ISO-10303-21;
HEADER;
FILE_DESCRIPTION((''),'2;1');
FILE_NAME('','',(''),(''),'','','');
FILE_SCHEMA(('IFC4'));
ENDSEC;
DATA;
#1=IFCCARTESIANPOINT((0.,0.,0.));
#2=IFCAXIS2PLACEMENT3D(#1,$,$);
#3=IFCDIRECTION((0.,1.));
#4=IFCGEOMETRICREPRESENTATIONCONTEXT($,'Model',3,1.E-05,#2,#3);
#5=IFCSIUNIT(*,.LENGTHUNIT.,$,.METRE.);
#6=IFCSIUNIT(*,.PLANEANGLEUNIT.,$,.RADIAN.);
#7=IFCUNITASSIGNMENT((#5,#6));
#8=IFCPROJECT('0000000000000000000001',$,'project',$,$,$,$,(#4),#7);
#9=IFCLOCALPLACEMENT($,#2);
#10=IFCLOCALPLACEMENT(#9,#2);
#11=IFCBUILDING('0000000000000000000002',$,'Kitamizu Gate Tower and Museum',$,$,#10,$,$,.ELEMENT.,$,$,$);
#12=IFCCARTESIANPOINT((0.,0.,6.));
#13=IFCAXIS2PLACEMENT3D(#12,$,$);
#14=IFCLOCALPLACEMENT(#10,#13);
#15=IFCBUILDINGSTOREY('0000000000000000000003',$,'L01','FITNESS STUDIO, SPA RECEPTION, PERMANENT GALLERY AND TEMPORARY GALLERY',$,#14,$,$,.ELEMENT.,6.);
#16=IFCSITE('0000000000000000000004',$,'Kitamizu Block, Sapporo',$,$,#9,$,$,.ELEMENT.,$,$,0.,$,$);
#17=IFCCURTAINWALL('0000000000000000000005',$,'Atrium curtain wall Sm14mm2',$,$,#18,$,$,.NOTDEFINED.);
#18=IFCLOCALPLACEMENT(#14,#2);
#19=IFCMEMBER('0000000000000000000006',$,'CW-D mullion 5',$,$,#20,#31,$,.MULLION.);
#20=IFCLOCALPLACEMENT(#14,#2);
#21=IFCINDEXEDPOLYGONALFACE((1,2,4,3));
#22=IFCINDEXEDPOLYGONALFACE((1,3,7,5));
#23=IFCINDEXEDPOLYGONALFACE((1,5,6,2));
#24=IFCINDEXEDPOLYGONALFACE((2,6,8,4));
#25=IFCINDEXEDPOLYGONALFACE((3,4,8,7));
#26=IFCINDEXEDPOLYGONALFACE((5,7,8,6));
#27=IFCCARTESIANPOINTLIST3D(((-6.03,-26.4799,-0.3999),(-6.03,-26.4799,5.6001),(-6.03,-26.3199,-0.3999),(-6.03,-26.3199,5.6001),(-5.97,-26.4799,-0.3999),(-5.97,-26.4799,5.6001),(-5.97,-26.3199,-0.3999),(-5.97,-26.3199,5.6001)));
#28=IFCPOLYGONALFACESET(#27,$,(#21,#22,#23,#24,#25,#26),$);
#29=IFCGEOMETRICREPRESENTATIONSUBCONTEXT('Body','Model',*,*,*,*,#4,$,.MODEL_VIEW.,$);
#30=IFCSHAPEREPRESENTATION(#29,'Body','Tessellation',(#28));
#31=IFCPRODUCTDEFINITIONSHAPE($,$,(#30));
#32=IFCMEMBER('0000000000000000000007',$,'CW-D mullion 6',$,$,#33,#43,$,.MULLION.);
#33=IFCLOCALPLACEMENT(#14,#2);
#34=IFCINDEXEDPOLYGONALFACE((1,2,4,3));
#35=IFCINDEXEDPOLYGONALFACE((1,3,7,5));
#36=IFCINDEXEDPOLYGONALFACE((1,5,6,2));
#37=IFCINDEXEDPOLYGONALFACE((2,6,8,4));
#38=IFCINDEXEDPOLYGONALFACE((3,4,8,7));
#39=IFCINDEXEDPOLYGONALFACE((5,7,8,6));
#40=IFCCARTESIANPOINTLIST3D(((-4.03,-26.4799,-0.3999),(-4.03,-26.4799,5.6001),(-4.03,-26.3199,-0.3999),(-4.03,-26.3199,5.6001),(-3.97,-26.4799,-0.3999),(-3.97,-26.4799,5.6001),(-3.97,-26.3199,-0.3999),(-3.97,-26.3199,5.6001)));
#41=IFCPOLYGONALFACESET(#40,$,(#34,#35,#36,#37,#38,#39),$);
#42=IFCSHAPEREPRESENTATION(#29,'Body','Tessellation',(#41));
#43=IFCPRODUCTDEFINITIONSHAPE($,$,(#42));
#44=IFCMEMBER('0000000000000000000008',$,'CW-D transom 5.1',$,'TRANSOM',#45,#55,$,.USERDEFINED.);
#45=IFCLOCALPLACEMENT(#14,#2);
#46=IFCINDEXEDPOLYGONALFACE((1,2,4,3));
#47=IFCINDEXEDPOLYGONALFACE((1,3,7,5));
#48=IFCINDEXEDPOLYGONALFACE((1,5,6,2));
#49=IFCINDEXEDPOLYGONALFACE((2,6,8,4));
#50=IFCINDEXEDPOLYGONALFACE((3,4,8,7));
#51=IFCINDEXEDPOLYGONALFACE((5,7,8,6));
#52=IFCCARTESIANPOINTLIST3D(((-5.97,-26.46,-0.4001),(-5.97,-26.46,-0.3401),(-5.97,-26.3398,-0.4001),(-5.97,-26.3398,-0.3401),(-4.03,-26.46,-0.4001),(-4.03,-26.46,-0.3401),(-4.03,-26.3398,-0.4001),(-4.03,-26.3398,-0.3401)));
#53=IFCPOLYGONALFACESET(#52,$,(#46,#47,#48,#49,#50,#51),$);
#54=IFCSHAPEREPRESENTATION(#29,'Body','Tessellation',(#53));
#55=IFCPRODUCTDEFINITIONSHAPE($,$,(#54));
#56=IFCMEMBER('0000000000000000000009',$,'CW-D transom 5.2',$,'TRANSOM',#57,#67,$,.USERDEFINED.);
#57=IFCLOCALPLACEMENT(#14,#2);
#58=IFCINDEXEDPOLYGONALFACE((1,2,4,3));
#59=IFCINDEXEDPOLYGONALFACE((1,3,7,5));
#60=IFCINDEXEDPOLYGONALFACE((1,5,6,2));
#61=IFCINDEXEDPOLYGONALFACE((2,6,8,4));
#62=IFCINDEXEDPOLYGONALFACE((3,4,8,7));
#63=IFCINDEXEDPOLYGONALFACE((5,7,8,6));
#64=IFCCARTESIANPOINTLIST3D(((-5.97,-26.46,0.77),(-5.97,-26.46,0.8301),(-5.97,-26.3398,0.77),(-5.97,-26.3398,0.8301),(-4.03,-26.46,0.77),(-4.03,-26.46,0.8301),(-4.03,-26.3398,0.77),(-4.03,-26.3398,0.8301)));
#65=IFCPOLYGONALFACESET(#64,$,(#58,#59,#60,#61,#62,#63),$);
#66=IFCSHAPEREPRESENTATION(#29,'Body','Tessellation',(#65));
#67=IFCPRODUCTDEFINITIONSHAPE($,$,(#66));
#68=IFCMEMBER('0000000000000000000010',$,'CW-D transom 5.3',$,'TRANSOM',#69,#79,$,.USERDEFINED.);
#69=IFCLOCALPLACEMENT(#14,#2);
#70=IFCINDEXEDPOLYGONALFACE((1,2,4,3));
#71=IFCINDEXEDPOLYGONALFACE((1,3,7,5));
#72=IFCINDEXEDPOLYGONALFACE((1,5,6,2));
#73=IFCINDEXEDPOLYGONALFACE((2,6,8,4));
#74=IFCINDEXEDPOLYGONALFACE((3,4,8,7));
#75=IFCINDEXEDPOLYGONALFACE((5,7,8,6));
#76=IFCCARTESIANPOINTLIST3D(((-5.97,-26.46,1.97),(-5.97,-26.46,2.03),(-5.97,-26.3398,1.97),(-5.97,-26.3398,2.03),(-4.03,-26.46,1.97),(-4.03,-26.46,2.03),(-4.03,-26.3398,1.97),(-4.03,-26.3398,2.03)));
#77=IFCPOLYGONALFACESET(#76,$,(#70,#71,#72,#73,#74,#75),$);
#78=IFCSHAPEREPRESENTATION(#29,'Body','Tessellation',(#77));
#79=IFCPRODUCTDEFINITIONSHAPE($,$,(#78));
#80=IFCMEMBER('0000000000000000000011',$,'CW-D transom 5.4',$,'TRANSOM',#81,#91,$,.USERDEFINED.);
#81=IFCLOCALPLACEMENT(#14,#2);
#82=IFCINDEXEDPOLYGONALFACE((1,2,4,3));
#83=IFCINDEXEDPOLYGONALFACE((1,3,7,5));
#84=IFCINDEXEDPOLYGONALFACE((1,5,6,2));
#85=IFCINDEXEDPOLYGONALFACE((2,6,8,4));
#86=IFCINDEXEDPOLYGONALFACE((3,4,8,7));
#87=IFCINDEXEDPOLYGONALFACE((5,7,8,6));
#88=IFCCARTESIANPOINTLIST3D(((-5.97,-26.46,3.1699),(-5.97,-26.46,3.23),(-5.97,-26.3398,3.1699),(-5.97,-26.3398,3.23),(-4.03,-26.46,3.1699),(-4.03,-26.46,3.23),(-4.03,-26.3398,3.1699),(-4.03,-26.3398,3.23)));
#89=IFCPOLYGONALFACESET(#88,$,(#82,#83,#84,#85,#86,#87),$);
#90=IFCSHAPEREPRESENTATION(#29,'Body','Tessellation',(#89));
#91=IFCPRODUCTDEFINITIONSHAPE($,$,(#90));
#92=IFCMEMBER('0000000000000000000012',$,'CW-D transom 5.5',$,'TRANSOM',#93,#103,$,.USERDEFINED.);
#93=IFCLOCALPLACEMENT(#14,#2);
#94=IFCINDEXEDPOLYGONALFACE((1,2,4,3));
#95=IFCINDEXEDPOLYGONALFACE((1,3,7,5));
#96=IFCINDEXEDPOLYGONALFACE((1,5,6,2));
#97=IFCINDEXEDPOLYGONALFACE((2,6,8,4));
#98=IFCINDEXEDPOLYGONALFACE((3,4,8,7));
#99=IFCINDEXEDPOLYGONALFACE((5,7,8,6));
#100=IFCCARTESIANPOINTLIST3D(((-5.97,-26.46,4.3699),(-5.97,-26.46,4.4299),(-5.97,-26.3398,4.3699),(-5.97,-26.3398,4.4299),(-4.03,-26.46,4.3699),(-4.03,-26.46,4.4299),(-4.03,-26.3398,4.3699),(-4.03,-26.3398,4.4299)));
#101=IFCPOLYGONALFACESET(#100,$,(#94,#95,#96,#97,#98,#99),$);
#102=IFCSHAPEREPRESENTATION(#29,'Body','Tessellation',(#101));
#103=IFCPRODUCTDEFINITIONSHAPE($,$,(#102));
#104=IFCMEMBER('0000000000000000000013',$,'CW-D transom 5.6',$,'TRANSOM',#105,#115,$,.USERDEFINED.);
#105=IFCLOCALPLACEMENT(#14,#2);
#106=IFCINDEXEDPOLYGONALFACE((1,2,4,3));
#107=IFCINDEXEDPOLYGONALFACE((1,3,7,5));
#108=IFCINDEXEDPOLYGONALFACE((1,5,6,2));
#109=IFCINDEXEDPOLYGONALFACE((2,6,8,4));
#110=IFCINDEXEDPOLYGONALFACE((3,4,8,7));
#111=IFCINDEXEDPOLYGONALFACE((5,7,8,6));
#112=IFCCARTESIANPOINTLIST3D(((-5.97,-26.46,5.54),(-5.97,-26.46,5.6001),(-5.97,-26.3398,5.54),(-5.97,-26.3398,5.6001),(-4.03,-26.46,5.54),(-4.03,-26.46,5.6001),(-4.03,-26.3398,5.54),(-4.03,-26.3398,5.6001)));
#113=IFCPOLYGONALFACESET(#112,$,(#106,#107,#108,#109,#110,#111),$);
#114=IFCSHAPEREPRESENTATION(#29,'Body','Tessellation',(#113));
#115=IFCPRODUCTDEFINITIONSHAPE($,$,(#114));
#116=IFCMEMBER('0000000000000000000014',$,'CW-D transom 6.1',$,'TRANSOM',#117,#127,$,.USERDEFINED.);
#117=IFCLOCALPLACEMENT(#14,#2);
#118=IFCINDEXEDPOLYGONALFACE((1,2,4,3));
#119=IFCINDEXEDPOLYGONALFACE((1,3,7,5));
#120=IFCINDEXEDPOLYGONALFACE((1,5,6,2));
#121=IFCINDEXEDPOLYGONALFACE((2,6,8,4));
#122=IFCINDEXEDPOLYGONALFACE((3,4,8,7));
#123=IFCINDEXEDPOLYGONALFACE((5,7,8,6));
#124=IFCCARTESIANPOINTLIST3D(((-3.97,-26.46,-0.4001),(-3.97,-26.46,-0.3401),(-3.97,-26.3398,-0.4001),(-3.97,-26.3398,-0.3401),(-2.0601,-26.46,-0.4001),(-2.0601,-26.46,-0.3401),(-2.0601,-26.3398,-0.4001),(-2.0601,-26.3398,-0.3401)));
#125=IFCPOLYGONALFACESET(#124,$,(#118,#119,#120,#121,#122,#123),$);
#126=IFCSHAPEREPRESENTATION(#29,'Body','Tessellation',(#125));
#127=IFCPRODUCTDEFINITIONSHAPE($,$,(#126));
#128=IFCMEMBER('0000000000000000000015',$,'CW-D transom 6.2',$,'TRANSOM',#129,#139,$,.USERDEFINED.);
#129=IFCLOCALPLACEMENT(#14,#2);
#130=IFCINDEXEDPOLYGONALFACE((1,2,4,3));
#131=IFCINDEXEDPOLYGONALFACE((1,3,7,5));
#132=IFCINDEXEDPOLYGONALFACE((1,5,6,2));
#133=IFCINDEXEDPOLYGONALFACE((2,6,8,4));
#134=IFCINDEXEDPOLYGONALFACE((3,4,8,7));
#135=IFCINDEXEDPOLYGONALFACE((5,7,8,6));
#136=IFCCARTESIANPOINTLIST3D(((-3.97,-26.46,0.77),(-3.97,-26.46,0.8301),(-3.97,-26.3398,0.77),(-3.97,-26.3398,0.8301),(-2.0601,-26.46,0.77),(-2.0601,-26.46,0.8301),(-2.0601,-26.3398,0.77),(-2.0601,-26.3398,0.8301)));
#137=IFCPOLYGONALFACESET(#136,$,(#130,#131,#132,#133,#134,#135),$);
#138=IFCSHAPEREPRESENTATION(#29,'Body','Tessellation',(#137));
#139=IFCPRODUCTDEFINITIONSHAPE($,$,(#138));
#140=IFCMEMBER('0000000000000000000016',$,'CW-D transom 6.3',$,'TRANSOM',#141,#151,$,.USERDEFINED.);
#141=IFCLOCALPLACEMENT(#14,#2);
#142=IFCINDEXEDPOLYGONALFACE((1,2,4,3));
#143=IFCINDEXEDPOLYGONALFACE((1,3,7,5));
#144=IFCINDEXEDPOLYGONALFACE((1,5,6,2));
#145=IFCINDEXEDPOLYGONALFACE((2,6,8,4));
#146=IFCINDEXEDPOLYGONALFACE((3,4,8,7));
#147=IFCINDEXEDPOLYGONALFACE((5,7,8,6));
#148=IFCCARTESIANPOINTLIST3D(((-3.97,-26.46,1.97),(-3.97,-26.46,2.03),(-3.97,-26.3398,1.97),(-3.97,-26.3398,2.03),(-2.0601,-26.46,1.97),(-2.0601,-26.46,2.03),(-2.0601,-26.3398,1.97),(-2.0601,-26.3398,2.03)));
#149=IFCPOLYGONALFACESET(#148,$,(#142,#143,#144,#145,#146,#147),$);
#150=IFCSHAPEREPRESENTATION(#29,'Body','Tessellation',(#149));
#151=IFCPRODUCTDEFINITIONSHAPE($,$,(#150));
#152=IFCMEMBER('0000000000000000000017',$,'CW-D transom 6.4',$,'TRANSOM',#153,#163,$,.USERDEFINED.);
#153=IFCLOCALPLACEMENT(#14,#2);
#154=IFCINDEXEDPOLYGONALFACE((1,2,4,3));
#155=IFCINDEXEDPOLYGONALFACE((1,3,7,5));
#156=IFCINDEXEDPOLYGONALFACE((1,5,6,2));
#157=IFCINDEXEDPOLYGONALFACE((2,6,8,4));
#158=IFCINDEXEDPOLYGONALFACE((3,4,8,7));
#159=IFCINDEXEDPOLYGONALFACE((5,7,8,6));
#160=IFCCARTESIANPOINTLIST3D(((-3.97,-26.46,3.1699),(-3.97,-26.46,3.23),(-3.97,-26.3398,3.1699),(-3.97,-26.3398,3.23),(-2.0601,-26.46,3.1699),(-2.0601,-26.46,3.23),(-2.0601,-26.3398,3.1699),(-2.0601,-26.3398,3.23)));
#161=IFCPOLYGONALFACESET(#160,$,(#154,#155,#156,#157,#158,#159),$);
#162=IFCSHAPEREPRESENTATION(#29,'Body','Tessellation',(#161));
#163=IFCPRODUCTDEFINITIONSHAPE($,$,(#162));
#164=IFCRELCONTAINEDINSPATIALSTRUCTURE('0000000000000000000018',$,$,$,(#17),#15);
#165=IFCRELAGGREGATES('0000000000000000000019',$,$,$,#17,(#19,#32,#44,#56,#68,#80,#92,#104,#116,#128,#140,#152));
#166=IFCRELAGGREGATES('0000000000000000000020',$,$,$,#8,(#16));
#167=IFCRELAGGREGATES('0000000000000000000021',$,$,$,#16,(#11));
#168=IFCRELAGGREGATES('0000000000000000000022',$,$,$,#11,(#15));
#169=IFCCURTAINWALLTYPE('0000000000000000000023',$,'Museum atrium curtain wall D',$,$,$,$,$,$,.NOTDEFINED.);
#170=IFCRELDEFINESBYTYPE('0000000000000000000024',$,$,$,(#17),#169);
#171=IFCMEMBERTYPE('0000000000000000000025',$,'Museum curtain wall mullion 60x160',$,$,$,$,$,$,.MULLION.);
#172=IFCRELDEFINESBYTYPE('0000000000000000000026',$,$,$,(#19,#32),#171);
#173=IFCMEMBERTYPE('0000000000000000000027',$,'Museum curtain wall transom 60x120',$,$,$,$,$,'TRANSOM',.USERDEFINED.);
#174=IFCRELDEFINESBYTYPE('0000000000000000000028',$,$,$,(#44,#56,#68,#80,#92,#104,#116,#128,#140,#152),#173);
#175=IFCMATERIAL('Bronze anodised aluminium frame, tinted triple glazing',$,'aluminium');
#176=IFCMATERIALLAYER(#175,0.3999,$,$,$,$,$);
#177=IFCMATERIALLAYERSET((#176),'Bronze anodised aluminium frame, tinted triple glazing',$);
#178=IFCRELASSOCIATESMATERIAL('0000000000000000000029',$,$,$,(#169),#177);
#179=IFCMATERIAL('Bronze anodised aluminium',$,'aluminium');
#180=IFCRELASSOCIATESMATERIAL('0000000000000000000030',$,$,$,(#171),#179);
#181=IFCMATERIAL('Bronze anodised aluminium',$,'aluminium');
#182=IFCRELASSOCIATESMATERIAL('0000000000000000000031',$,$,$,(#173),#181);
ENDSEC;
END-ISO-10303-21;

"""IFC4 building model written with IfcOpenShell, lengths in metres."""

from ifc_helpers import new_model, si_unit, direction, frame, origin, origin_2d, place, context, subcontext, project, spatial, rectangle, extrude, material, layer, layer_set, material_profile, profile_set, type_object, element, aggregate, save


model = new_model("IFC4")

# Units and contexts
model_context = context("Model", 3, precision=1e-05, world=origin(), true_north=direction((0.0, 1.0)))
body_context = subcontext(model_context, "Body", "Model", "MODEL_VIEW")
ifc_project = project(units=[si_unit("LENGTHUNIT", "METRE"), si_unit("PLANEANGLEUNIT", "RADIAN")], contexts=[model_context])

# Site, building, storey
site_placement = place(None, origin())
site = spatial("IfcSite", under=ifc_project, at=site_placement, Name="Kitamizu Block, Sapporo", CompositionType="ELEMENT", RefElevation=0.0)
building_placement = place(site_placement, origin())
building = spatial("IfcBuilding", under=site, at=building_placement, Name="Kitamizu Gate Tower and Museum", CompositionType="ELEMENT")
storey_placement = place(building_placement, frame((0.0, 0.0, 6.0)))
storey = spatial("IfcBuildingStorey", under=building, at=storey_placement, Name="L01", Description="FITNESS STUDIO, SPA RECEPTION, PERMANENT GALLERY AND TEMPORARY GALLERY", CompositionType="ELEMENT", Elevation=6.0)

# Curtain wall, members
ifc_material_1 = material(Name="Bronze anodised aluminium frame, tinted triple glazing", Category="aluminium")
ifc_layer_1 = layer(ifc_material_1, 0.3999)
ifc_layer_set_1 = layer_set([ifc_layer_1], Name="Bronze anodised aluminium frame, tinted triple glazing")
curtain_wall_type = type_object("IfcCurtainWallType", Name="Museum atrium curtain wall D", PredefinedType="NOTDEFINED", material=ifc_layer_set_1)
curtain_wall_placement = place(storey_placement, origin())
curtain_wall = element("IfcCurtainWall", 1, at=curtain_wall_placement, inside=storey, type_object=curtain_wall_type, Name="Atrium curtain wall Sm14mm2", PredefinedType="NOTDEFINED")
ifc_material_2 = material(Name="Bronze anodised aluminium", Category="aluminium")
ifc_material_profile_1 = material_profile(ifc_material_2, rectangle(XDim=0.0601, YDim=0.1599, at=origin_2d()), Name="60x160")
ifc_profile_set_1 = profile_set([ifc_material_profile_1], Name="Bronze anodised aluminium")
member_type_1 = type_object("IfcMemberType", Name="Museum curtain wall mullion 60x160", PredefinedType="MULLION", material=ifc_profile_set_1)
member_1_placement = place(storey_placement, frame((-6.0, -26.3999, -0.3999), z_axis=(0.0, 0.0, 1.0), x_axis=(1.0, 0.0, 0.0)))
member_1 = element("IfcMember", 2, at=member_1_placement, type_object=member_type_1, Name="CW-D mullion 5", PredefinedType="MULLION", context=body_context, shape_type="SweptSolid", body=[
    extrude(rectangle(XDim=0.0601, YDim=0.1599, at=origin_2d()), origin(), (0.0, 0.0, 1.0), 6.0),
])
member_2_placement = place(storey_placement, frame((-4.0, -26.3999, -0.3999), z_axis=(0.0, 0.0, 1.0), x_axis=(1.0, 0.0, 0.0)))
member_2 = element("IfcMember", 3, at=member_2_placement, type_object=member_type_1, Name="CW-D mullion 6", PredefinedType="MULLION", context=body_context, shape_type="SweptSolid", body=[
    extrude(rectangle(XDim=0.0601, YDim=0.1599, at=origin_2d()), origin(), (0.0, 0.0, 1.0), 6.0),
])
ifc_material_3 = material(Name="Bronze anodised aluminium", Category="aluminium")
ifc_material_profile_2 = material_profile(ifc_material_3, rectangle(XDim=0.1201, YDim=0.0601, at=origin_2d()), Name="120x60")
ifc_profile_set_2 = profile_set([ifc_material_profile_2], Name="Bronze anodised aluminium")
member_type_2 = type_object("IfcMemberType", Name="Museum curtain wall transom 60x120", ElementType="TRANSOM", PredefinedType="USERDEFINED", material=ifc_profile_set_2)
member_3_placement = place(storey_placement, frame((-5.97, -26.3999, -0.3701), z_axis=(1.0, 0.0, 0.0), x_axis=(0.0, 1.0, 0.0)))
member_3 = element("IfcMember", 4, at=member_3_placement, type_object=member_type_2, Name="CW-D transom 5.1", ObjectType="TRANSOM", PredefinedType="USERDEFINED", context=body_context, shape_type="SweptSolid", body=[
    extrude(rectangle(XDim=0.1201, YDim=0.0601, at=origin_2d()), origin(), (0.0, 0.0, 1.0), 1.9399),
])
member_4_placement = place(storey_placement, frame((-5.97, -26.3999, 0.8), z_axis=(1.0, 0.0, 0.0), x_axis=(0.0, 1.0, 0.0)))
member_4 = element("IfcMember", 5, at=member_4_placement, type_object=member_type_2, Name="CW-D transom 5.2", ObjectType="TRANSOM", PredefinedType="USERDEFINED", context=body_context, shape_type="SweptSolid", body=[
    extrude(rectangle(XDim=0.1201, YDim=0.0601, at=origin_2d()), origin(), (0.0, 0.0, 1.0), 1.9399),
])
member_5_placement = place(storey_placement, frame((-5.97, -26.3999, 2.0), z_axis=(1.0, 0.0, 0.0), x_axis=(0.0, 1.0, 0.0)))
member_5 = element("IfcMember", 6, at=member_5_placement, type_object=member_type_2, Name="CW-D transom 5.3", ObjectType="TRANSOM", PredefinedType="USERDEFINED", context=body_context, shape_type="SweptSolid", body=[
    extrude(rectangle(XDim=0.1201, YDim=0.0601, at=origin_2d()), origin(), (0.0, 0.0, 1.0), 1.9399),
])
member_6_placement = place(storey_placement, frame((-5.97, -26.3999, 3.2), z_axis=(1.0, 0.0, 0.0), x_axis=(0.0, 1.0, 0.0)))
member_6 = element("IfcMember", 7, at=member_6_placement, type_object=member_type_2, Name="CW-D transom 5.4", ObjectType="TRANSOM", PredefinedType="USERDEFINED", context=body_context, shape_type="SweptSolid", body=[
    extrude(rectangle(XDim=0.1201, YDim=0.0601, at=origin_2d()), origin(), (0.0, 0.0, 1.0), 1.9399),
])
member_7_placement = place(storey_placement, frame((-5.97, -26.3999, 4.3999), z_axis=(1.0, 0.0, 0.0), x_axis=(0.0, 1.0, 0.0)))
member_7 = element("IfcMember", 8, at=member_7_placement, type_object=member_type_2, Name="CW-D transom 5.5", ObjectType="TRANSOM", PredefinedType="USERDEFINED", context=body_context, shape_type="SweptSolid", body=[
    extrude(rectangle(XDim=0.1201, YDim=0.0601, at=origin_2d()), origin(), (0.0, 0.0, 1.0), 1.9399),
])
member_8_placement = place(storey_placement, frame((-5.97, -26.3999, 5.5701), z_axis=(1.0, 0.0, 0.0), x_axis=(0.0, 1.0, 0.0)))
member_8 = element("IfcMember", 9, at=member_8_placement, type_object=member_type_2, Name="CW-D transom 5.6", ObjectType="TRANSOM", PredefinedType="USERDEFINED", context=body_context, shape_type="SweptSolid", body=[
    extrude(rectangle(XDim=0.1201, YDim=0.0601, at=origin_2d()), origin(), (0.0, 0.0, 1.0), 1.9399),
])
member_9_placement = place(storey_placement, frame((-3.97, -26.3999, -0.3701), z_axis=(1.0, 0.0, 0.0), x_axis=(0.0, 1.0, 0.0)))
member_9 = element("IfcMember", 10, at=member_9_placement, type_object=member_type_2, Name="CW-D transom 6.1", ObjectType="TRANSOM", PredefinedType="USERDEFINED", context=body_context, shape_type="SweptSolid", body=[
    extrude(rectangle(XDim=0.1201, YDim=0.0601, at=origin_2d()), origin(), (0.0, 0.0, 1.0), 1.9099),
])
member_10_placement = place(storey_placement, frame((-3.97, -26.3999, 0.8), z_axis=(1.0, 0.0, 0.0), x_axis=(0.0, 1.0, 0.0)))
member_10 = element("IfcMember", 11, at=member_10_placement, type_object=member_type_2, Name="CW-D transom 6.2", ObjectType="TRANSOM", PredefinedType="USERDEFINED", context=body_context, shape_type="SweptSolid", body=[
    extrude(rectangle(XDim=0.1201, YDim=0.0601, at=origin_2d()), origin(), (0.0, 0.0, 1.0), 1.9099),
])
member_11_placement = place(storey_placement, frame((-3.97, -26.3999, 2.0), z_axis=(1.0, 0.0, 0.0), x_axis=(0.0, 1.0, 0.0)))
member_11 = element("IfcMember", 12, at=member_11_placement, type_object=member_type_2, Name="CW-D transom 6.3", ObjectType="TRANSOM", PredefinedType="USERDEFINED", context=body_context, shape_type="SweptSolid", body=[
    extrude(rectangle(XDim=0.1201, YDim=0.0601, at=origin_2d()), origin(), (0.0, 0.0, 1.0), 1.9099),
])
member_12_placement = place(storey_placement, frame((-3.97, -26.3999, 3.2), z_axis=(1.0, 0.0, 0.0), x_axis=(0.0, 1.0, 0.0)))
member_12 = element("IfcMember", 13, at=member_12_placement, type_object=member_type_2, Name="CW-D transom 6.4", ObjectType="TRANSOM", PredefinedType="USERDEFINED", context=body_context, shape_type="SweptSolid", body=[
    extrude(rectangle(XDim=0.1201, YDim=0.0601, at=origin_2d()), origin(), (0.0, 0.0, 1.0), 1.9099),
])

aggregate(curtain_wall, [member_1, member_2, member_3, member_4, member_5, member_6, member_7, member_8, member_9, member_10, member_11, member_12])

save(model, "model.ifc")
